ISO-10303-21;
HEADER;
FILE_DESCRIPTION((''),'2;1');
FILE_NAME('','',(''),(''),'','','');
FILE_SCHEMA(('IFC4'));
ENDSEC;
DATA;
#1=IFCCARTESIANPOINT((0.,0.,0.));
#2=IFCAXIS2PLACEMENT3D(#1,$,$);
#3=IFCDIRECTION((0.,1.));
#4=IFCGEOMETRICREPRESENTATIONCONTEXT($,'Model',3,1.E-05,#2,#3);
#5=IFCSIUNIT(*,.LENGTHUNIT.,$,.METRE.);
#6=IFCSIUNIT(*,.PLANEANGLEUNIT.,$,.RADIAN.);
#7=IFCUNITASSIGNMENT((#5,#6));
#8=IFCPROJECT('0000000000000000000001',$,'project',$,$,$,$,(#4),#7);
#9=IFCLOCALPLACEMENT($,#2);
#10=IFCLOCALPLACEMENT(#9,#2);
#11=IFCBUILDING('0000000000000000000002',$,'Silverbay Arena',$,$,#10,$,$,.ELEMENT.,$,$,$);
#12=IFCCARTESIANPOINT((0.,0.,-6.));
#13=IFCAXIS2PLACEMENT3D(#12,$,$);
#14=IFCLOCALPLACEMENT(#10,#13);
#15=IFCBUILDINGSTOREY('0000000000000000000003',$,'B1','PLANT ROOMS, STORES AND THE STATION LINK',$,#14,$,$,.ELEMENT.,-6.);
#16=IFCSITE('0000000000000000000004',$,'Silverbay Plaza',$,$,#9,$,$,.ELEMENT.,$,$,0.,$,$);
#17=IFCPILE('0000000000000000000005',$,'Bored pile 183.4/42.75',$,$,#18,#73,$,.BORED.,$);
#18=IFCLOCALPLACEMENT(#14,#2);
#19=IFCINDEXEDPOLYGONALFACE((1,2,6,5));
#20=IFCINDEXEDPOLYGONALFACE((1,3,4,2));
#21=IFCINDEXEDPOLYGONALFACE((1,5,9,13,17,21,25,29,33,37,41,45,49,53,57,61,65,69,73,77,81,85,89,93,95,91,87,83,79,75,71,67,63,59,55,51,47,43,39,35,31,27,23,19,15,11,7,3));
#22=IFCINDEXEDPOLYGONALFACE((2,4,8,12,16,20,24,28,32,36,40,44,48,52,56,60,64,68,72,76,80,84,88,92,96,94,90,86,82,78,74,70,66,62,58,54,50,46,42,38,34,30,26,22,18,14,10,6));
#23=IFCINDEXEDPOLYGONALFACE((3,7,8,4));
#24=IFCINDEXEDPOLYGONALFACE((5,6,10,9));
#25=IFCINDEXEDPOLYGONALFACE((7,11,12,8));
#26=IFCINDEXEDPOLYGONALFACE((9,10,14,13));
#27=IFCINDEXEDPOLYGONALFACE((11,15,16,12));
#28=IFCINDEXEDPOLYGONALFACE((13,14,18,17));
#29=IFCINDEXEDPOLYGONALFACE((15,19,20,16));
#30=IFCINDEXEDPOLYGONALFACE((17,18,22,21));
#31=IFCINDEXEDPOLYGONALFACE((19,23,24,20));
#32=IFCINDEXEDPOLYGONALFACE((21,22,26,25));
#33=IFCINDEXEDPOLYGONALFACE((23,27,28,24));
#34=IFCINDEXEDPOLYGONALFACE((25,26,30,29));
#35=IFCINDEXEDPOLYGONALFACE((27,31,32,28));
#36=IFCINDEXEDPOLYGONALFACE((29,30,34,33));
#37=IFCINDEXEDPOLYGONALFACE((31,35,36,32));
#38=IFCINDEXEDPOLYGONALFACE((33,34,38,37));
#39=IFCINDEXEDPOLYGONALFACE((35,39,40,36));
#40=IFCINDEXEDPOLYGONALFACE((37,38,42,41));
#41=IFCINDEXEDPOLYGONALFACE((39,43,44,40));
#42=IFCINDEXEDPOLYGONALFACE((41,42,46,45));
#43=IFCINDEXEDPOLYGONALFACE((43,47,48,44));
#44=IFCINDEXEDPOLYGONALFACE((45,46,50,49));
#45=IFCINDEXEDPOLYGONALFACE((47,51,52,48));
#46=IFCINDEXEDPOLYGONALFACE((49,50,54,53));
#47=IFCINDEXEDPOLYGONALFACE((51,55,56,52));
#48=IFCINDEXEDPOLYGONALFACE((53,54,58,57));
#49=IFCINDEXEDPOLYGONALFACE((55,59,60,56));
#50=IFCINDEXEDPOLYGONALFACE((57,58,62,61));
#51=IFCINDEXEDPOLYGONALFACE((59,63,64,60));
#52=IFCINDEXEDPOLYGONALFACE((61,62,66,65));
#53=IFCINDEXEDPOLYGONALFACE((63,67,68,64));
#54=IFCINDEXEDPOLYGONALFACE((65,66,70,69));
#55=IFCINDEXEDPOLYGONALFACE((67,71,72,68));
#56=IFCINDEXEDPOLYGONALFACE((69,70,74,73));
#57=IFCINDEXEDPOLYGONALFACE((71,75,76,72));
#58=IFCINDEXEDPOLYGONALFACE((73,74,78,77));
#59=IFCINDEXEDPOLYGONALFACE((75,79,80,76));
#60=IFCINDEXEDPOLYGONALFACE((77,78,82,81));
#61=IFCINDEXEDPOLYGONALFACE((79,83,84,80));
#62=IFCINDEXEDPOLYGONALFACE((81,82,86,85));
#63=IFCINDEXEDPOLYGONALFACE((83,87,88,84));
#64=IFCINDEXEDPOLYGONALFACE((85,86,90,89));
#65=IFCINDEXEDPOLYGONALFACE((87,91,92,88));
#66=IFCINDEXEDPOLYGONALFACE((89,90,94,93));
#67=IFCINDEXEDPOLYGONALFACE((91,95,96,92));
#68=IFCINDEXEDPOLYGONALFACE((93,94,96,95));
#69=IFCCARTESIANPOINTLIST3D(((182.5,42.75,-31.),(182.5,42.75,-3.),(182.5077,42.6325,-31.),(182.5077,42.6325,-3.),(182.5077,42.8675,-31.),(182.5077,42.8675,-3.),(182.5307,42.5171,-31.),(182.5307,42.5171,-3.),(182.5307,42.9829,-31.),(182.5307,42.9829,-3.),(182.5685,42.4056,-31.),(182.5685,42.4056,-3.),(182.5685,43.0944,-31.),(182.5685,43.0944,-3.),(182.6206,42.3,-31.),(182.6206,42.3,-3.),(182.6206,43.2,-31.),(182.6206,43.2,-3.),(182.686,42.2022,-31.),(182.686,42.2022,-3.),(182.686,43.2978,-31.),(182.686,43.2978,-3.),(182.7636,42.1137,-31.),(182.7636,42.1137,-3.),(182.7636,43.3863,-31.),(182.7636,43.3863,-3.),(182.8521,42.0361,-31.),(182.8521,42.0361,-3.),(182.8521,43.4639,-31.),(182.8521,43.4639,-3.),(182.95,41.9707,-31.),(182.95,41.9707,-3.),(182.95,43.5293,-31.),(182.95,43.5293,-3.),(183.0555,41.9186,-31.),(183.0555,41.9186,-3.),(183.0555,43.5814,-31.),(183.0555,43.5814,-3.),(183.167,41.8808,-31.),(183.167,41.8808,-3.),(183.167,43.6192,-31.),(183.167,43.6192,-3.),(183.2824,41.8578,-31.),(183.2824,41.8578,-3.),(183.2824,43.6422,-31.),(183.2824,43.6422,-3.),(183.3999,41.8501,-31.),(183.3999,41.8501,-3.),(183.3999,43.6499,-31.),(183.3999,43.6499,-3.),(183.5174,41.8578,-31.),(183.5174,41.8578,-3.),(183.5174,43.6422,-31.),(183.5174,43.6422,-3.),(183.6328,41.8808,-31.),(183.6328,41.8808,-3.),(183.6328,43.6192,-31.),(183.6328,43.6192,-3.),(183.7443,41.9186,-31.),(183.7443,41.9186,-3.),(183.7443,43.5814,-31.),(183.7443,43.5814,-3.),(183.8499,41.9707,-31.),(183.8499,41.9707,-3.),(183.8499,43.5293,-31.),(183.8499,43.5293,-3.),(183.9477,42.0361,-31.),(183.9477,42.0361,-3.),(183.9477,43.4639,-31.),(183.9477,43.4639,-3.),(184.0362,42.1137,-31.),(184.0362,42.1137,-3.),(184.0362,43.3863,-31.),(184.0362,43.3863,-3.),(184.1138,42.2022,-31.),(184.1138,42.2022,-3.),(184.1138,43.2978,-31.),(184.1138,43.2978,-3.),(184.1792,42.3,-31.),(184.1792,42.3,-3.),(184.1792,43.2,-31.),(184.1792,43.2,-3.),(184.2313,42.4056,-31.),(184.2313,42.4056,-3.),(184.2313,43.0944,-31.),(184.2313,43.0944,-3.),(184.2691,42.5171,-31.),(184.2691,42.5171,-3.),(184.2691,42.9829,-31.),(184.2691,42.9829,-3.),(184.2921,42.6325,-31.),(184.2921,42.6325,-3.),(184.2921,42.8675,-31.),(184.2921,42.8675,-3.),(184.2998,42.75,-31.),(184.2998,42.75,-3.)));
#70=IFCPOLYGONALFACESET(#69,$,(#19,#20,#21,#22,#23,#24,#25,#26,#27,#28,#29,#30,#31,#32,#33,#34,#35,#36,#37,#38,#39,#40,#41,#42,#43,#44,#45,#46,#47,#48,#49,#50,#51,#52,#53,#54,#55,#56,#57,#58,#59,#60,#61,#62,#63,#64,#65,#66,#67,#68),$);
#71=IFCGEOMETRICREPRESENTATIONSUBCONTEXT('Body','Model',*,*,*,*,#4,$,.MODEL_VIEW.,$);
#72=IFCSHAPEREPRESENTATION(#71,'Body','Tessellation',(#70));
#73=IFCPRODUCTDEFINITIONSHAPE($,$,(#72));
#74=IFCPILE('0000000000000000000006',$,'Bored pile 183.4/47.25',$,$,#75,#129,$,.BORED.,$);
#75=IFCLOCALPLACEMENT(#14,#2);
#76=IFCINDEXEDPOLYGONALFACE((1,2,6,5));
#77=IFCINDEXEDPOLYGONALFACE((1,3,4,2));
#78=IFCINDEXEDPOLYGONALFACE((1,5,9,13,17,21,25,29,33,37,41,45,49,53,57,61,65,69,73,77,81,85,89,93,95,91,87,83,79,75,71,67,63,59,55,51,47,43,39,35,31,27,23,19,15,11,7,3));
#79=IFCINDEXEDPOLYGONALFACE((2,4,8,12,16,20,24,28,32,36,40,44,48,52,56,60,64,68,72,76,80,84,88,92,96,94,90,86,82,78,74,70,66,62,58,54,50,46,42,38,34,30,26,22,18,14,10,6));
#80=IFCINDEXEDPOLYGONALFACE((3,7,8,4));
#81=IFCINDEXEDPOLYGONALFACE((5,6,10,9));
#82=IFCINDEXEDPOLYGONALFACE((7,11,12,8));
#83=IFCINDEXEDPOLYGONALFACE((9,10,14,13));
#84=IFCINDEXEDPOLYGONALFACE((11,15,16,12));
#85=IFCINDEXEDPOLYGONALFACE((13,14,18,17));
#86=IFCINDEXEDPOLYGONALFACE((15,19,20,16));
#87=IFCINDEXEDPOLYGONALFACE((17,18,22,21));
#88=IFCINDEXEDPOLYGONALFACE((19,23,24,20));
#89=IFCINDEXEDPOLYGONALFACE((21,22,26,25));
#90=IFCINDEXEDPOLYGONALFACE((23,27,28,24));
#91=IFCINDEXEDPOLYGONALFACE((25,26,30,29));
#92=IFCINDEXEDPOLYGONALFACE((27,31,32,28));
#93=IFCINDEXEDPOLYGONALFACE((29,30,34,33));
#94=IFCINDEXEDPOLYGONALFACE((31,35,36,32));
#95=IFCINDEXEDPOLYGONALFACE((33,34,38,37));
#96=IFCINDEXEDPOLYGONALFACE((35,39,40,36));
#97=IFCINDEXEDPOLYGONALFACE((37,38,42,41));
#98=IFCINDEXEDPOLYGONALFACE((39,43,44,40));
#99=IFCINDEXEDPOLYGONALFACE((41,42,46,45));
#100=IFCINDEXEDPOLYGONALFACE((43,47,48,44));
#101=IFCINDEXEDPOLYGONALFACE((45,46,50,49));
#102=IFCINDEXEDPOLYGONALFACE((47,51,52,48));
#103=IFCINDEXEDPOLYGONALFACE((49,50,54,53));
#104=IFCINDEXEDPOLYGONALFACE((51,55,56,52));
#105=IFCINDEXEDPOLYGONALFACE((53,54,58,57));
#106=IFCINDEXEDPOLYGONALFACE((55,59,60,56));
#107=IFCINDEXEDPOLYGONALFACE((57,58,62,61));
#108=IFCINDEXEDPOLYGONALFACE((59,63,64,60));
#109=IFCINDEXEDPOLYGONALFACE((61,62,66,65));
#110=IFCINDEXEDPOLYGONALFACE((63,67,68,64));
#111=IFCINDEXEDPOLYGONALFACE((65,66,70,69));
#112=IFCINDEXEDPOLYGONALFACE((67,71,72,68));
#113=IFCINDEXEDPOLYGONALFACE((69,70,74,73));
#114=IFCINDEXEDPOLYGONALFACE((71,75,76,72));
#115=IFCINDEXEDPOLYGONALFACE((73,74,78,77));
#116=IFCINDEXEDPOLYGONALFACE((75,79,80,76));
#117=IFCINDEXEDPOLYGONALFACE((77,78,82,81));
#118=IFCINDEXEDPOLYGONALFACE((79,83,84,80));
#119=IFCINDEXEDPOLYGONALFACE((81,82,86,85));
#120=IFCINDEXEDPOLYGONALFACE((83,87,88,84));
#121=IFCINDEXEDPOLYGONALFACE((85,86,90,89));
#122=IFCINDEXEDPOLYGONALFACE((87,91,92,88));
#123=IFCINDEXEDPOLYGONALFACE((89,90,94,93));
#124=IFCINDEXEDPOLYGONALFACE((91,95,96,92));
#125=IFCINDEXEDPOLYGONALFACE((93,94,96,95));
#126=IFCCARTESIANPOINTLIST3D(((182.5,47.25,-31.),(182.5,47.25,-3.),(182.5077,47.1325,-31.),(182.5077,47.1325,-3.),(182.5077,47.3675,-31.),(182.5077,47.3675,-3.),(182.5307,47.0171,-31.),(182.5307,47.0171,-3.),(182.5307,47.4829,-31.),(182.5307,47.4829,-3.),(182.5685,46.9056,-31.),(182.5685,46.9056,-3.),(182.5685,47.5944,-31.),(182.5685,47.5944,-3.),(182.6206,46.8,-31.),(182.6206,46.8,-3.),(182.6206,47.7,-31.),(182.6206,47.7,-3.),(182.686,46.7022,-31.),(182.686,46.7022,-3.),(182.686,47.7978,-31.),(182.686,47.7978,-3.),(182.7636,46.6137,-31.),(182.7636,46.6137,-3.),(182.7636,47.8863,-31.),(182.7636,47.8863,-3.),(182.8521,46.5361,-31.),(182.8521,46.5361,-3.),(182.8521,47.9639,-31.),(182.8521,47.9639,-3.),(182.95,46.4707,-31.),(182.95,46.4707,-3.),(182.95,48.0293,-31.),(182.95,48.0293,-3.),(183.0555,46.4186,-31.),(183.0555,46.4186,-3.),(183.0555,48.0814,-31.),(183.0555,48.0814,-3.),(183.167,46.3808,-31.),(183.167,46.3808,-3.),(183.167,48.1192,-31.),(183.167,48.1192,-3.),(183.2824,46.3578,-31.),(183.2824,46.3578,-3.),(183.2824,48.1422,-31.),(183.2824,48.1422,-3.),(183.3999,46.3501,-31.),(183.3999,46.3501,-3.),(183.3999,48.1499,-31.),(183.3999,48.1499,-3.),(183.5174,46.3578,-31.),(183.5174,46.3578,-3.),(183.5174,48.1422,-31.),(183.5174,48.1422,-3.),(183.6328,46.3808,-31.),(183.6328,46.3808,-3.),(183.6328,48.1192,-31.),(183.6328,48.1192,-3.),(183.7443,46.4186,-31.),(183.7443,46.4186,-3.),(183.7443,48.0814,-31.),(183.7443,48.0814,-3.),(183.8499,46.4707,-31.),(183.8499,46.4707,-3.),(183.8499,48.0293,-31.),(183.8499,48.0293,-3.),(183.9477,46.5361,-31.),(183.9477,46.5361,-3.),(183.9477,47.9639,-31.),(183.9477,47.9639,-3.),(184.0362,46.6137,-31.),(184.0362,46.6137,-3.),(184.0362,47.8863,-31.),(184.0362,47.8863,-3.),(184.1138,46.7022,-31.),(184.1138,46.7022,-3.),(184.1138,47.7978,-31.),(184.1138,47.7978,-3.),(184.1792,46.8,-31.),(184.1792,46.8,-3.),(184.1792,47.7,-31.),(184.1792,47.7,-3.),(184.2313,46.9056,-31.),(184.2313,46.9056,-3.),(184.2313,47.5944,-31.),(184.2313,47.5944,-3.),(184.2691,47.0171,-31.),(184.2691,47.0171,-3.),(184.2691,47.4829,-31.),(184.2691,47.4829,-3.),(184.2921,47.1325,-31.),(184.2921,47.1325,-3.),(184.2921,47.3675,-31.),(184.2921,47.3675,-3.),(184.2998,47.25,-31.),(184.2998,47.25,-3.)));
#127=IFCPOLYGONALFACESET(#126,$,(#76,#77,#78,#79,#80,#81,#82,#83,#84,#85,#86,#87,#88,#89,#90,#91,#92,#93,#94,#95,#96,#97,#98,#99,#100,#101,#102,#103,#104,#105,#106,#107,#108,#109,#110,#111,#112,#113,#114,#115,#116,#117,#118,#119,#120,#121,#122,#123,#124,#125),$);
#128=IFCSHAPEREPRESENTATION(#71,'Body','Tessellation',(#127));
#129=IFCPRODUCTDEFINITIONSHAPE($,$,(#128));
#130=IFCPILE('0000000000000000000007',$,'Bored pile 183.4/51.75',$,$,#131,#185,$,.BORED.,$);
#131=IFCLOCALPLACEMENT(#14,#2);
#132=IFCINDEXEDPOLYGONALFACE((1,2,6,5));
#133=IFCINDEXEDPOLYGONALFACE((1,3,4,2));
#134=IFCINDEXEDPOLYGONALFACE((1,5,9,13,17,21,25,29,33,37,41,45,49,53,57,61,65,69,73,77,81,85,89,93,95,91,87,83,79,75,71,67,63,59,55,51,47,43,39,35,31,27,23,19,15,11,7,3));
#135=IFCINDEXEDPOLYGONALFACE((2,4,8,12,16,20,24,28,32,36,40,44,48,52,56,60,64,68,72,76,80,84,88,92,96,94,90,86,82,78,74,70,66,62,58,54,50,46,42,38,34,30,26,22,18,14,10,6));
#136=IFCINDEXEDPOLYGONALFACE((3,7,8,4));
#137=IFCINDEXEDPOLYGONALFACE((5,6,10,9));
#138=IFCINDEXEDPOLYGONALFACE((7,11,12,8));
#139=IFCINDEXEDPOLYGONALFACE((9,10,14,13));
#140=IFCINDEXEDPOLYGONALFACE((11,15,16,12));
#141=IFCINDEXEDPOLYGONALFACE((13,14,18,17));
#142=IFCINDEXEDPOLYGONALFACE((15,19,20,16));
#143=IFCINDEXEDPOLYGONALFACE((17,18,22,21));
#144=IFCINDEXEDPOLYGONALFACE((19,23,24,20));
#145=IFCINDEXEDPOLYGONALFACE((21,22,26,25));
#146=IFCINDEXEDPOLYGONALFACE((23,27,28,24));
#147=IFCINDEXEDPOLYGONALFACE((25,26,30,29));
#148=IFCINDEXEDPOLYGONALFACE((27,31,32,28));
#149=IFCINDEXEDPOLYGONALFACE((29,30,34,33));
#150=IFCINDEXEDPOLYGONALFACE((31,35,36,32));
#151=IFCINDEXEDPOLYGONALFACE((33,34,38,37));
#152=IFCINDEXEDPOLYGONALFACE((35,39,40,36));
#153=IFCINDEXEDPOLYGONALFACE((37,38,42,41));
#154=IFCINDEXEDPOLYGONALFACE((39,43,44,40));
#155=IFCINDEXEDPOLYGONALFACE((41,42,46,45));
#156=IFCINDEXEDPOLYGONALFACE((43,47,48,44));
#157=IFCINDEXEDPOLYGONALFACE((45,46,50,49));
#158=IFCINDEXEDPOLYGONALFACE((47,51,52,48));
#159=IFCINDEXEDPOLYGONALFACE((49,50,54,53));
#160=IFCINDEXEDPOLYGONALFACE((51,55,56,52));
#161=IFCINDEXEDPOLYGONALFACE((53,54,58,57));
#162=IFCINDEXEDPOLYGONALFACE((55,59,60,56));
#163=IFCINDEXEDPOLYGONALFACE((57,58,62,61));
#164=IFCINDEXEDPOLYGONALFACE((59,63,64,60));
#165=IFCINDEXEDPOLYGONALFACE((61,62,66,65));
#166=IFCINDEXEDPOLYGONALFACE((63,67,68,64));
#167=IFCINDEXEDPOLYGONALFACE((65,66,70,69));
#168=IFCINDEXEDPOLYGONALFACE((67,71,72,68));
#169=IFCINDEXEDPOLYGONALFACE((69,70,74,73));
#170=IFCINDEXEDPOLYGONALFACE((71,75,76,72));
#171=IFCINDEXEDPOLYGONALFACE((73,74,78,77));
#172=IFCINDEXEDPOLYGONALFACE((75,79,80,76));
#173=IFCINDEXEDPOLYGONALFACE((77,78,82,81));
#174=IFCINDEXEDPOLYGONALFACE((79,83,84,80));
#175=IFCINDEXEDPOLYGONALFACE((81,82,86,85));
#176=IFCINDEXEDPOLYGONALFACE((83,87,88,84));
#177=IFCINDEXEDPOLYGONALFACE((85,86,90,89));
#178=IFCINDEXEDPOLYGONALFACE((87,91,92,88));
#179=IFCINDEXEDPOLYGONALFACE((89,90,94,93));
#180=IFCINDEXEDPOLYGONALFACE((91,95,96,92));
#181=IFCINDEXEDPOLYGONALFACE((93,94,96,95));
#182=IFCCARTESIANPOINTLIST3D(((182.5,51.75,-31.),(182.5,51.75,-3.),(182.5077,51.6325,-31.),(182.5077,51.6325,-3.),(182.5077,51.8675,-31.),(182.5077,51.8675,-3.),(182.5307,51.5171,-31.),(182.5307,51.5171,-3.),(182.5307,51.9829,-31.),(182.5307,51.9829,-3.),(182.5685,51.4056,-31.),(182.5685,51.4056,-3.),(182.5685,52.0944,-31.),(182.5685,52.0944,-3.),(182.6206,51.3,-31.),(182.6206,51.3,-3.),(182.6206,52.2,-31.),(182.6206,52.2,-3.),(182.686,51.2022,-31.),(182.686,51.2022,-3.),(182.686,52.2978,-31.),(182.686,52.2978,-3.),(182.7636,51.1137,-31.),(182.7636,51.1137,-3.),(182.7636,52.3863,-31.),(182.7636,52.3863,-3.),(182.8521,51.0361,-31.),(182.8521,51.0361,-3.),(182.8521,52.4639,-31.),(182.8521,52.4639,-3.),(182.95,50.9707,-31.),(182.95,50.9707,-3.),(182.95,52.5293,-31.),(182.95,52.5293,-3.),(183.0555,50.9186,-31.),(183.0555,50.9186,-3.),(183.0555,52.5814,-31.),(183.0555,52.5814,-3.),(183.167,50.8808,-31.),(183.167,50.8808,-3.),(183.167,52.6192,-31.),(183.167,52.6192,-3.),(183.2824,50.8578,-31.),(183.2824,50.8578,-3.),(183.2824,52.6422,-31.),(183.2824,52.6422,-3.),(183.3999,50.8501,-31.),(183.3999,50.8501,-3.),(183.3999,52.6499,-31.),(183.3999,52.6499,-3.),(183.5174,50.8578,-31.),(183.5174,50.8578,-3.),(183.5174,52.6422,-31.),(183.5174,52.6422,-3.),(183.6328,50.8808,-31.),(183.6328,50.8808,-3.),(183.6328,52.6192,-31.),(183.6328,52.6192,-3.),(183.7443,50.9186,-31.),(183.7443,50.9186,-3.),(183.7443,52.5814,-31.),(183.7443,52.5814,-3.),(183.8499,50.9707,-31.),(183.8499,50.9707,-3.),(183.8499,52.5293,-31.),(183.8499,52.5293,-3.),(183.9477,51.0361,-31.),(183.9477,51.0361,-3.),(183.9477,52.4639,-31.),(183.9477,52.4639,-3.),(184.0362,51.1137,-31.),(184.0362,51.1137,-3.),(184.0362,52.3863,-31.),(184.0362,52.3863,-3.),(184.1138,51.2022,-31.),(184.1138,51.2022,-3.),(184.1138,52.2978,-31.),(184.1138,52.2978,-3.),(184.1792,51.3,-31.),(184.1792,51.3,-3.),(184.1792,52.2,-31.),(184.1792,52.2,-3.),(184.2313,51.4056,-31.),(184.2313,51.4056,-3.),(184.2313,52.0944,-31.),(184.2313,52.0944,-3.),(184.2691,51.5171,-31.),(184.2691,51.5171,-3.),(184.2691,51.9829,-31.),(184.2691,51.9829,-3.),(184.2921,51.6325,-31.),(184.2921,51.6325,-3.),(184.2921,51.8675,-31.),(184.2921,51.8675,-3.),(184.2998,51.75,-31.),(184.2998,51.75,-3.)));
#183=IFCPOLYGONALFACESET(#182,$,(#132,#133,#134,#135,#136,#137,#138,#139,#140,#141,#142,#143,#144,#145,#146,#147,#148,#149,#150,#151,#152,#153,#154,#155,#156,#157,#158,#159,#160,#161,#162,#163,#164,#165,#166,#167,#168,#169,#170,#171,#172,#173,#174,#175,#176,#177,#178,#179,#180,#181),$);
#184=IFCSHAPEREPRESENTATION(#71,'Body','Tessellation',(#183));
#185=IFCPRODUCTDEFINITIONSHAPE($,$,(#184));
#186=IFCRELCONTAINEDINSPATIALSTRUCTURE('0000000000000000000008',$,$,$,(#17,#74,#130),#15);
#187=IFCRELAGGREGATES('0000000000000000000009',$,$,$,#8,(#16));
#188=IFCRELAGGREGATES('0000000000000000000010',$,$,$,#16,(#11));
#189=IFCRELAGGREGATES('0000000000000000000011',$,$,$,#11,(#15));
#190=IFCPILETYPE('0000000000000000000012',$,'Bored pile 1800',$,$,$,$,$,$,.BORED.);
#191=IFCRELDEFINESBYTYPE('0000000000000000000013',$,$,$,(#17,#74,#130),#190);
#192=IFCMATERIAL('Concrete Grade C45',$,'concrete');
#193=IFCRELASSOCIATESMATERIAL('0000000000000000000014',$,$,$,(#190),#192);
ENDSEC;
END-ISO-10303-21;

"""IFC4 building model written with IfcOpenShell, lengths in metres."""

from ifc_helpers import new_model, si_unit, direction, frame, origin, origin_2d, place, context, subcontext, project, spatial, circle, extrude, material, material_profile, profile_set, type_object, element, save


model = new_model("IFC4")

# Units and contexts
model_context = context("Model", 3, precision=1e-05, world=origin(), true_north=direction((0.0, 1.0)))
body_context = subcontext(model_context, "Body", "Model", "MODEL_VIEW")
ifc_project = project(units=[si_unit("LENGTHUNIT", "METRE"), si_unit("PLANEANGLEUNIT", "RADIAN")], contexts=[model_context])

# Site, building, storey
site_placement = place(None, origin())
site = spatial("IfcSite", under=ifc_project, at=site_placement, Name="Silverbay Plaza", CompositionType="ELEMENT", RefElevation=0.0)
building_placement = place(site_placement, origin())
building = spatial("IfcBuilding", under=site, at=building_placement, Name="Silverbay Arena", CompositionType="ELEMENT")
storey_placement = place(building_placement, frame((0.0, 0.0, -6.0)))
storey = spatial("IfcBuildingStorey", under=building, at=storey_placement, Name="B1", Description="PLANT ROOMS, STORES AND THE STATION LINK", CompositionType="ELEMENT", Elevation=-6.0)

# Piles
ifc_material_1 = material(Name="Concrete Grade C45", Category="concrete")
ifc_material_profile_1 = material_profile(ifc_material_1, circle(Radius=0.8999, at=origin_2d()), Name="Bored pile 1800")
ifc_profile_set_1 = profile_set([ifc_material_profile_1], Name="Concrete Grade C45")
pile_type_1 = type_object("IfcPileType", Name="Bored pile 1800", PredefinedType="BORED", material=ifc_profile_set_1)
for number, where, z_axis, x_axis, name in (
    (1, (183.3999, 42.75, -3.0), (0.0, 0.0, -1.0), (1.0, 0.0, 0.0), "Bored pile 183.4/42.75"),
    (2, (183.3999, 47.25, -3.0), (0.0, 0.0, -1.0), (1.0, 0.0, 0.0), "Bored pile 183.4/47.25"),
    (3, (183.3999, 51.75, -3.0), (0.0, 0.0, -1.0), (1.0, 0.0, 0.0), "Bored pile 183.4/51.75"),
):
    element("IfcPile", number, at=place(storey_placement, frame(where, z_axis=z_axis, x_axis=x_axis)), inside=storey, type_object=pile_type_1, Name=name, PredefinedType="BORED", context=body_context, shape_type="SweptSolid", body=[
        extrude(circle(Radius=0.8999, at=origin_2d()), origin(), (0.0, 0.0, 1.0), 28.0),
    ])

save(model, "model.ifc")
